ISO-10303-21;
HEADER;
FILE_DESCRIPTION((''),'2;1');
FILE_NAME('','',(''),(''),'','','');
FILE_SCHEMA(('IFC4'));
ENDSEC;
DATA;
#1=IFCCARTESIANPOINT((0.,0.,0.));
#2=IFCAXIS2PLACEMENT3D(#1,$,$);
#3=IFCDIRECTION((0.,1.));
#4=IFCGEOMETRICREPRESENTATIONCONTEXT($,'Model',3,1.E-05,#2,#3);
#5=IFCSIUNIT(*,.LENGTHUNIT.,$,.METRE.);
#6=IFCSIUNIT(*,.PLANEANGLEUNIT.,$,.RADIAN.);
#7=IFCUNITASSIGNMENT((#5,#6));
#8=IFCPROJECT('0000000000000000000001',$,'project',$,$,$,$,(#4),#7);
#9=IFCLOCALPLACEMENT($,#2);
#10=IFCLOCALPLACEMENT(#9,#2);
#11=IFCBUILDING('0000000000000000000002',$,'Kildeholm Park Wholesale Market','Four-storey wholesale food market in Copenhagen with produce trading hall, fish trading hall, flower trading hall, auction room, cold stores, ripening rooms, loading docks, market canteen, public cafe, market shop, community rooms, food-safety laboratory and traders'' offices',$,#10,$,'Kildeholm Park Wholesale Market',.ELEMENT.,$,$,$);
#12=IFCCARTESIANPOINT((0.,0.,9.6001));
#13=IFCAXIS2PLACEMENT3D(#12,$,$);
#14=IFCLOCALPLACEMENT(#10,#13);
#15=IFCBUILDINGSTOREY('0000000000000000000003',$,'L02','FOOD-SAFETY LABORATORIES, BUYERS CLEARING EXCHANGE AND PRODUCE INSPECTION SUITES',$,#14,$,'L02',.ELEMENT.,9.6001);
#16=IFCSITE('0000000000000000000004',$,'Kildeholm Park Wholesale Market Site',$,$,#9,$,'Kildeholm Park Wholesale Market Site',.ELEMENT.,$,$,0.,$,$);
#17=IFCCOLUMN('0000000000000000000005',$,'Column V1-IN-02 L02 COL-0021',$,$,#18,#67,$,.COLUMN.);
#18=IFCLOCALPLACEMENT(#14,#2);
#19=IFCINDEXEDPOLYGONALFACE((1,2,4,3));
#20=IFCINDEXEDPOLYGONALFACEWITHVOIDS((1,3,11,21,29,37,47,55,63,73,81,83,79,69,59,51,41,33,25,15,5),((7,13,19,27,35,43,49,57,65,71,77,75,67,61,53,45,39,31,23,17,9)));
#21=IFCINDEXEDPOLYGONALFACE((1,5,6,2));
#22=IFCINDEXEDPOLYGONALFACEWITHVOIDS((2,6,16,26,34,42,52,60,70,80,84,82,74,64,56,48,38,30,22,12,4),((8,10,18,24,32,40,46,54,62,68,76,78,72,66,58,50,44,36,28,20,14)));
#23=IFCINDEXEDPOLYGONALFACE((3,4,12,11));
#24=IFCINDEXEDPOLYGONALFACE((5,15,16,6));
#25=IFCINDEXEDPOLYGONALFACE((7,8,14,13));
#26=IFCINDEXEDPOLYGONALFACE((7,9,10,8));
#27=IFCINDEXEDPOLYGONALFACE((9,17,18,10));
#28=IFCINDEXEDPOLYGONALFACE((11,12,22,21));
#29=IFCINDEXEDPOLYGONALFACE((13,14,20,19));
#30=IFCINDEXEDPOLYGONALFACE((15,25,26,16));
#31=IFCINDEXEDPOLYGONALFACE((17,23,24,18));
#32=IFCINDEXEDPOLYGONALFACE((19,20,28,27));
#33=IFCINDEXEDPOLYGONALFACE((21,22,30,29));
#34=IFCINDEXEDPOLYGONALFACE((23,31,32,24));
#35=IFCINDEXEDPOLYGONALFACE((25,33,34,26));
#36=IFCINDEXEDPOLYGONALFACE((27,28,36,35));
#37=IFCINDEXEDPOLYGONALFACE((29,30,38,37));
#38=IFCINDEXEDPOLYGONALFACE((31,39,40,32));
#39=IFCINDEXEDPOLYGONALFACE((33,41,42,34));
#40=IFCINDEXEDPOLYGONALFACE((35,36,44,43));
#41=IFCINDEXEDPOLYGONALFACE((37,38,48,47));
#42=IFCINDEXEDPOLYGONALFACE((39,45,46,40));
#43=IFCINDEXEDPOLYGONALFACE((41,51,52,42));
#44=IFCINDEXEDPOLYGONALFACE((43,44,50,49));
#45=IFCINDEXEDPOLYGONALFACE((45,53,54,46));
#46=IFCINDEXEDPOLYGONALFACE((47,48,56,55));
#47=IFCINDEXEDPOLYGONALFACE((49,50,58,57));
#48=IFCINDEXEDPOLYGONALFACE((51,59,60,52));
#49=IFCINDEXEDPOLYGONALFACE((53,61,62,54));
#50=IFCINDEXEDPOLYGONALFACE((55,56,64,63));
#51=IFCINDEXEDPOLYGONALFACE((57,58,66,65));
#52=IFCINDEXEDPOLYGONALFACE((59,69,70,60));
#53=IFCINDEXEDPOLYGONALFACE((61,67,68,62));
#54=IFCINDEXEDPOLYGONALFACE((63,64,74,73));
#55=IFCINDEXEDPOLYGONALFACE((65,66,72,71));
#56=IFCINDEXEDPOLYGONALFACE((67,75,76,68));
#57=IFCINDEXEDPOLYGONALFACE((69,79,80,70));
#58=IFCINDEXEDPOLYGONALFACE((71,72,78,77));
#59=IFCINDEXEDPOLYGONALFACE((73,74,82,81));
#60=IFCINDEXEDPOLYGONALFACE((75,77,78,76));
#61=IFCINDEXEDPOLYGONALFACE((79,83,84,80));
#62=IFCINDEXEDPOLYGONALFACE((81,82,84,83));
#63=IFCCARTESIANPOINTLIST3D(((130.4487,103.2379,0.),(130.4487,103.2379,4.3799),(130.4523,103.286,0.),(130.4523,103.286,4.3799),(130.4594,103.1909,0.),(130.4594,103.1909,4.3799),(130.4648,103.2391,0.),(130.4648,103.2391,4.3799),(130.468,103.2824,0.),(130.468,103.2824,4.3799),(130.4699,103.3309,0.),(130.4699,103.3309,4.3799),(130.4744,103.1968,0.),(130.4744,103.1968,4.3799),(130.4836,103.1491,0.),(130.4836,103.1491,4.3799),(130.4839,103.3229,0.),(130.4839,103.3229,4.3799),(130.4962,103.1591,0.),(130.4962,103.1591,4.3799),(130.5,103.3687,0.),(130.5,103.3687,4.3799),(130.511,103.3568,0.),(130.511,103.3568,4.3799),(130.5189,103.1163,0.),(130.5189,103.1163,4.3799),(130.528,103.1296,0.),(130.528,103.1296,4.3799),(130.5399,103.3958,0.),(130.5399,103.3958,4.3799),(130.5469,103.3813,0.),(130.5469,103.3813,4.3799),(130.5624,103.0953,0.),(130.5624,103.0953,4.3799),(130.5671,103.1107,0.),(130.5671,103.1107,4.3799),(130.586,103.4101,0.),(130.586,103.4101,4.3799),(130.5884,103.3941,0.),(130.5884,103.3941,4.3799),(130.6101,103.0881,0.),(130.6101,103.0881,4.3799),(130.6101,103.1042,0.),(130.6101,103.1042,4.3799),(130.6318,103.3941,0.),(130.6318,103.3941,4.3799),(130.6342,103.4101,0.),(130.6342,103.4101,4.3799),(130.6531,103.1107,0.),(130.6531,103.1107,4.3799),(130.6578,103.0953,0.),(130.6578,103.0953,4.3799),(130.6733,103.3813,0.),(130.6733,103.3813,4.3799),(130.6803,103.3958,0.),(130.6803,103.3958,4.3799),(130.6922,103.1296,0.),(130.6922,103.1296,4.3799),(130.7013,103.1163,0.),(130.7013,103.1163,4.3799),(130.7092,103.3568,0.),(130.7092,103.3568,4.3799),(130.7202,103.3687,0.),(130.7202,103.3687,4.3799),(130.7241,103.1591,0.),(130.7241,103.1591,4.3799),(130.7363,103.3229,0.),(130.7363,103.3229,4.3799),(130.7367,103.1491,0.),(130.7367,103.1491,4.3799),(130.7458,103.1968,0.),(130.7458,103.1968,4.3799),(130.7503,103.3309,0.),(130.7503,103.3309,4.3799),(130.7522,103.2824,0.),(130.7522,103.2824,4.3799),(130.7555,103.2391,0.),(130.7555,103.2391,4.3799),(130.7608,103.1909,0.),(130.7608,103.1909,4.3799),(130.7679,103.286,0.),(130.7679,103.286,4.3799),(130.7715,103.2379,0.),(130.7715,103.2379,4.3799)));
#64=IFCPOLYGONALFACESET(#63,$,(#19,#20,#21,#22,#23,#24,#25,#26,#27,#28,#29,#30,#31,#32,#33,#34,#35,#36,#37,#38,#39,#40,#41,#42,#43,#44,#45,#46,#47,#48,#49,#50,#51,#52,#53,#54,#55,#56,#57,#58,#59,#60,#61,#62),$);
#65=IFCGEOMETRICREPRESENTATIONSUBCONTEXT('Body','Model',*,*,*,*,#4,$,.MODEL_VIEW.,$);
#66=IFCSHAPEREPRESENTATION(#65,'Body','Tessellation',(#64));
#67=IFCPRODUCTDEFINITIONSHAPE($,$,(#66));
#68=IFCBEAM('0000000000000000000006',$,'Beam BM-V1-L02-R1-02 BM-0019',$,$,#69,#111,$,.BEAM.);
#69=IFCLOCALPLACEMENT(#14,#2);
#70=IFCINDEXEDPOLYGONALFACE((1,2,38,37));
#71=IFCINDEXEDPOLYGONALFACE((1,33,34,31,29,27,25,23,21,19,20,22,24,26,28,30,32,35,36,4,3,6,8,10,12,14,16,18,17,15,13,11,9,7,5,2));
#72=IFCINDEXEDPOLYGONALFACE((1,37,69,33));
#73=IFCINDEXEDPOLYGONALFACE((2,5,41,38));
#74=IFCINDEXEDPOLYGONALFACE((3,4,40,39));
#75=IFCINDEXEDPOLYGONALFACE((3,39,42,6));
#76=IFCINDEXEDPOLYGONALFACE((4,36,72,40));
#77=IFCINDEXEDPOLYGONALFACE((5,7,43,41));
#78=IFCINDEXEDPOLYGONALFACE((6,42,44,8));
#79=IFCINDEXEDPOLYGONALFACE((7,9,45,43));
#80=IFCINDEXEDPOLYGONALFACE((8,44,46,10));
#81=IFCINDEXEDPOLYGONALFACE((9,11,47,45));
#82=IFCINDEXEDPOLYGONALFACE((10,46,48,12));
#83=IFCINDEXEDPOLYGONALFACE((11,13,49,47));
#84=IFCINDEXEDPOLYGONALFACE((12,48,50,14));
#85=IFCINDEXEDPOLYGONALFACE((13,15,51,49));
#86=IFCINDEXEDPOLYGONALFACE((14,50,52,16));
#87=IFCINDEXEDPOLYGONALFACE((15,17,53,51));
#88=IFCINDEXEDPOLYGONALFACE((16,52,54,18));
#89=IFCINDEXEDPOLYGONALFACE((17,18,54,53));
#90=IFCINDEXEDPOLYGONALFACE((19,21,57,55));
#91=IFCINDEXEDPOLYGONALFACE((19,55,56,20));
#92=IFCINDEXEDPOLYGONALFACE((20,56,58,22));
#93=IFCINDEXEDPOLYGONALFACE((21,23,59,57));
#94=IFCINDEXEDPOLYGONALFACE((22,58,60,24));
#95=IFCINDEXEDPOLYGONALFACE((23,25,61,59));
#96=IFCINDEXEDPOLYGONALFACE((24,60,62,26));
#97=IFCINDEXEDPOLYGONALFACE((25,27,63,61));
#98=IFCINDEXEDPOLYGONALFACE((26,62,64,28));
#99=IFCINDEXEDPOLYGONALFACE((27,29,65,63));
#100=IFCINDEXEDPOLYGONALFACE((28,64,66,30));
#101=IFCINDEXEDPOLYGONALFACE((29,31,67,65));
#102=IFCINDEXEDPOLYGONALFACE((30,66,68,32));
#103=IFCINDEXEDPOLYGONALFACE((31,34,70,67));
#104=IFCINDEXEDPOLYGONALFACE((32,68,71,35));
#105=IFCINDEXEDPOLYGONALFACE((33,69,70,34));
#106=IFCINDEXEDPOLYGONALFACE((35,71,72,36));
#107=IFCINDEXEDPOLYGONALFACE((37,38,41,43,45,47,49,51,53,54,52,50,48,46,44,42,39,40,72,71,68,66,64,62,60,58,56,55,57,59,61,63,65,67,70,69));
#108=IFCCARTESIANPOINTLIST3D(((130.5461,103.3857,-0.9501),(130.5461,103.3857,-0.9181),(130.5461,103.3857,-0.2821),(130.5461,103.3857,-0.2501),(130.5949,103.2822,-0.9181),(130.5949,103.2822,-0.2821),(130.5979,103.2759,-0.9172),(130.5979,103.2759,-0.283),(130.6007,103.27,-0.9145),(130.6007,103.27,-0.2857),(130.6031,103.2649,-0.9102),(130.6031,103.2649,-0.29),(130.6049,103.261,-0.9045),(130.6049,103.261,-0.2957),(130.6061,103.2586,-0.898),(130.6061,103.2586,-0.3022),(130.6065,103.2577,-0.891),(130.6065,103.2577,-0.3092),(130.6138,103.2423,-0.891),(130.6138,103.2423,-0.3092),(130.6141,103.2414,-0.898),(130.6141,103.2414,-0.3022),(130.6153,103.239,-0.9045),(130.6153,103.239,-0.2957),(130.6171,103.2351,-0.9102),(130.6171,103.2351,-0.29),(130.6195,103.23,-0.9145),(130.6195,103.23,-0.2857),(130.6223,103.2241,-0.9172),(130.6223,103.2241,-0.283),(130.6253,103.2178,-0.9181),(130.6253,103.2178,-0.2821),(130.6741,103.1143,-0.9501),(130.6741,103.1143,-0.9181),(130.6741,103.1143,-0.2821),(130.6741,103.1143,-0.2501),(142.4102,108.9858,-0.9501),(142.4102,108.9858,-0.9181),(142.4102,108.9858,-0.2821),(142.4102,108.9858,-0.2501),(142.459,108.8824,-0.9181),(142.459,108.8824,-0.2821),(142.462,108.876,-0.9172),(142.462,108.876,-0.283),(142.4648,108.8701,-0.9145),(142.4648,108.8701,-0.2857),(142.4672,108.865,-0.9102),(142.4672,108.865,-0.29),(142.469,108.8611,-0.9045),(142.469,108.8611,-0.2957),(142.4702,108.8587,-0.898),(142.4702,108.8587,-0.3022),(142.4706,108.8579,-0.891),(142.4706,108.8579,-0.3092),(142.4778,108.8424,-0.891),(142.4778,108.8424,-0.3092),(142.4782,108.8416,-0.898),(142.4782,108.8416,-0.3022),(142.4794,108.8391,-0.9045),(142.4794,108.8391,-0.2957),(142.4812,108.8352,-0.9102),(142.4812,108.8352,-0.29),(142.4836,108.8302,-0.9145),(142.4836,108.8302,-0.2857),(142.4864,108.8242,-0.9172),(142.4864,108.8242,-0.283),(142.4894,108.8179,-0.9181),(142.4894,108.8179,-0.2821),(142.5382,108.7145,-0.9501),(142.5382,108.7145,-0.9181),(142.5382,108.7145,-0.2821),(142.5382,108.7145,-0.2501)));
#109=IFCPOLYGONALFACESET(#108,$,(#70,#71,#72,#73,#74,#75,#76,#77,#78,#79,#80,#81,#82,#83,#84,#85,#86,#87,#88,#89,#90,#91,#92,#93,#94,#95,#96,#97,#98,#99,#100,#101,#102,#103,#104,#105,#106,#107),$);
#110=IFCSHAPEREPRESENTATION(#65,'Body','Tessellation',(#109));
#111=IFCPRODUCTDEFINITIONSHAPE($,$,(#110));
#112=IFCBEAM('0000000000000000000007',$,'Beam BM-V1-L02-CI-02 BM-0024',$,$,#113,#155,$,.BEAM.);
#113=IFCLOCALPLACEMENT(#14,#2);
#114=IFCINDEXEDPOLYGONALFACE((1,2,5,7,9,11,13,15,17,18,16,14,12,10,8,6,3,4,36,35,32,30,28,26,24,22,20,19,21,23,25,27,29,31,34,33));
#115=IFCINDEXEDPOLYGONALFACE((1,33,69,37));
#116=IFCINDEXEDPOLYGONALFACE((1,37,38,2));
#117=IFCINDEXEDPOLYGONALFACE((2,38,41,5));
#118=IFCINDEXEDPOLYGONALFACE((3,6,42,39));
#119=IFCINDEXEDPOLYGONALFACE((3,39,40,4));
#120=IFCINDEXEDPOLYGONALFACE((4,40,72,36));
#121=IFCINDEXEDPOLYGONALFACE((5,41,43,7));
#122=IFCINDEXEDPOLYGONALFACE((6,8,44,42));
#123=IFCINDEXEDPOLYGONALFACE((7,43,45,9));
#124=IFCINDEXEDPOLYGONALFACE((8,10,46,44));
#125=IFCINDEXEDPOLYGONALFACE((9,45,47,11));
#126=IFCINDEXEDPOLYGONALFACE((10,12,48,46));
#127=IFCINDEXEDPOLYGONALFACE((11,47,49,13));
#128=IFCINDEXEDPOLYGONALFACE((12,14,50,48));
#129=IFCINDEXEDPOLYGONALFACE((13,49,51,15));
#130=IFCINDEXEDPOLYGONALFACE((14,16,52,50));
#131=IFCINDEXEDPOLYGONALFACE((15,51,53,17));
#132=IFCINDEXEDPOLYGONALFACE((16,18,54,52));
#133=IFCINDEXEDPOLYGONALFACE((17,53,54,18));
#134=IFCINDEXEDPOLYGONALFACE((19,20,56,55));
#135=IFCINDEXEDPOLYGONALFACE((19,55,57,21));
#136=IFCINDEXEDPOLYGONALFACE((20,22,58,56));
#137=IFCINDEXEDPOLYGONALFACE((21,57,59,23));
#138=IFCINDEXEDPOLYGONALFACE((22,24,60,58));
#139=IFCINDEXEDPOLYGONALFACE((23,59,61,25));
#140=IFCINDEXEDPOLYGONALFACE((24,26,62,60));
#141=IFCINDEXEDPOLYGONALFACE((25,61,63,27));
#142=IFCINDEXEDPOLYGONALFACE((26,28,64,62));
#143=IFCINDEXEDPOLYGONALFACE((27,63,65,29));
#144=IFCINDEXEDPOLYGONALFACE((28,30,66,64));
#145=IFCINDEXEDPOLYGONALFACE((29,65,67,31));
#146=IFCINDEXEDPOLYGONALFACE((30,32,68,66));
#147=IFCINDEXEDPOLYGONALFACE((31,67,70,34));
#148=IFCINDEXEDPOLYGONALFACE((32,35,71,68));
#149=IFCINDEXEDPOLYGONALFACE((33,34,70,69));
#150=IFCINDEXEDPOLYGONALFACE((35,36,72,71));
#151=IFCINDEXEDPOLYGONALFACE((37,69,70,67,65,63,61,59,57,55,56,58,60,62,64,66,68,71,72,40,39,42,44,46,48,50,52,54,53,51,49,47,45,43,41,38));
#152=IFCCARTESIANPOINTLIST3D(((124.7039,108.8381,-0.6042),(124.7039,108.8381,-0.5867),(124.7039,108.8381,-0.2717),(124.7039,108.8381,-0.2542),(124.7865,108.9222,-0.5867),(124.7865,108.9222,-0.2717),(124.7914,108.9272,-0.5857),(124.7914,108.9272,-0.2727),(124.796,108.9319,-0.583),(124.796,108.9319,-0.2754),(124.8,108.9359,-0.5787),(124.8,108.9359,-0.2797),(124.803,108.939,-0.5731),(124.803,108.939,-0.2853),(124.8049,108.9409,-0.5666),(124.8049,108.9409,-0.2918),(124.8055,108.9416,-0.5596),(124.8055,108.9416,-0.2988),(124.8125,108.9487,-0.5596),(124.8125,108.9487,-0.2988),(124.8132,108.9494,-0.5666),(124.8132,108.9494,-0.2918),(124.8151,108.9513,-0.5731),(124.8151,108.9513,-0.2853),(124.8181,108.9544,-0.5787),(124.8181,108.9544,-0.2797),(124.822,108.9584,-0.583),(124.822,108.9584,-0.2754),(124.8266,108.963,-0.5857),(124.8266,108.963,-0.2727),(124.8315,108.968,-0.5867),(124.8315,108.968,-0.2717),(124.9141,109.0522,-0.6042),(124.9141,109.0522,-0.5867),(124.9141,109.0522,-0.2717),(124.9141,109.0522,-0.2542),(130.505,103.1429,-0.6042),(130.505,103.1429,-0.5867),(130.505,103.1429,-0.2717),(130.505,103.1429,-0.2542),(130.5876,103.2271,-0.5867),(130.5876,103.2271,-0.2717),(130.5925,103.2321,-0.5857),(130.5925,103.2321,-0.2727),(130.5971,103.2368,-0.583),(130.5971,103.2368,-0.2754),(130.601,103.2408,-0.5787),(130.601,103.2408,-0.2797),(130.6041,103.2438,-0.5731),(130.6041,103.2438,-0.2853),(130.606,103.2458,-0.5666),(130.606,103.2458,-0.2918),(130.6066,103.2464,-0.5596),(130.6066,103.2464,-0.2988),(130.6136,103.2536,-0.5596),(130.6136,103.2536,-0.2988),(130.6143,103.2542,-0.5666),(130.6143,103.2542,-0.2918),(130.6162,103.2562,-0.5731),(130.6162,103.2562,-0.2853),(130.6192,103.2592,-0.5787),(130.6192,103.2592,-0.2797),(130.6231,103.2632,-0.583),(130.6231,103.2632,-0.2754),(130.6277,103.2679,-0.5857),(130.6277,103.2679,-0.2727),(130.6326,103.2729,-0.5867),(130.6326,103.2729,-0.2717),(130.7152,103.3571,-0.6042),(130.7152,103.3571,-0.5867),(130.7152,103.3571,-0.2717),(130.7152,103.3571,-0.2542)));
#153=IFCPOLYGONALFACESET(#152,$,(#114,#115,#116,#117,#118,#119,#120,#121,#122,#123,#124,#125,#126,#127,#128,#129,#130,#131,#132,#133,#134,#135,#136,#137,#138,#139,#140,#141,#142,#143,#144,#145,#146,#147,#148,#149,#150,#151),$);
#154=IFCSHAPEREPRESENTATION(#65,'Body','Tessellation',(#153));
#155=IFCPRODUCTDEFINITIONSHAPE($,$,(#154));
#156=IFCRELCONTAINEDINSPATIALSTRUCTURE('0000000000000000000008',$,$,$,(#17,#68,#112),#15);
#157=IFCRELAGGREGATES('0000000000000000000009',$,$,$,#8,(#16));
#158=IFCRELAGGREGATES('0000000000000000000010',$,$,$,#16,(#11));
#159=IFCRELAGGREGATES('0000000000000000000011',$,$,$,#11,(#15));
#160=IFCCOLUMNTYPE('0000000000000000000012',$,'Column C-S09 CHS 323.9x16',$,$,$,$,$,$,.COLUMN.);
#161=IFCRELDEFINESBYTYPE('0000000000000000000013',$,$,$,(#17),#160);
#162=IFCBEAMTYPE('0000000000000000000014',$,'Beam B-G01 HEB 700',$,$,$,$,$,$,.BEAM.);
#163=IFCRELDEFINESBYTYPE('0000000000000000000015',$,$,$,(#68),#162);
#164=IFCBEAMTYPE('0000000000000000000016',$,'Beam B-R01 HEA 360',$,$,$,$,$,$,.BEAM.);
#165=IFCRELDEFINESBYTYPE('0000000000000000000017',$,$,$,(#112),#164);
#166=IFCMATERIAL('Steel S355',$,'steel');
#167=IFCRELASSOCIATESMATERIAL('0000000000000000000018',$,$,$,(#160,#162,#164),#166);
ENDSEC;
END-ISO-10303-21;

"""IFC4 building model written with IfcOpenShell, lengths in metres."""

from ifc_helpers import new_model, si_unit, direction, frame, origin, origin_2d, place, context, subcontext, project, spatial, hollow_circle, i_section, extrude, material, material_profile, profile_set, type_object, element, save


model = new_model("IFC4")

# Units and contexts
model_context = context("Model", 3, precision=1e-05, world=origin(), true_north=direction((0.0, 1.0)))
body_context = subcontext(model_context, "Body", "Model", "MODEL_VIEW")
ifc_project = project(units=[si_unit("LENGTHUNIT", "METRE"), si_unit("PLANEANGLEUNIT", "RADIAN")], contexts=[model_context])

# Site, building, storey
site_placement = place(None, origin())
site = spatial("IfcSite", under=ifc_project, at=site_placement, Name="Kildeholm Park Wholesale Market Site", LongName="Kildeholm Park Wholesale Market Site", CompositionType="ELEMENT", RefElevation=0.0)
building_placement = place(site_placement, origin())
building = spatial("IfcBuilding", under=site, at=building_placement, Name="Kildeholm Park Wholesale Market", Description="Four-storey wholesale food market in Copenhagen with produce trading hall, fish trading hall, flower trading hall, auction room, cold stores, ripening rooms, loading docks, market canteen, public cafe, market shop, community rooms, food-safety laboratory and traders' offices", LongName="Kildeholm Park Wholesale Market", CompositionType="ELEMENT")
storey_placement = place(building_placement, frame((0.0, 0.0, 9.6001)))
storey = spatial("IfcBuildingStorey", under=building, at=storey_placement, Name="L02", Description="FOOD-SAFETY LABORATORIES, BUYERS CLEARING EXCHANGE AND PRODUCE INSPECTION SUITES", LongName="L02", CompositionType="ELEMENT", Elevation=9.6001)

# Column
ifc_material_1 = material(Name="Steel S355", Category="steel")
ifc_material_profile_1 = material_profile(ifc_material_1, hollow_circle(Radius=0.1619, WallThickness=0.0161, at=origin_2d()), Name="CHS 323.9x16")
ifc_profile_set_1 = profile_set([ifc_material_profile_1], Name="Steel S355")
column_type = type_object("IfcColumnType", Name="Column C-S09 CHS 323.9x16", PredefinedType="COLUMN", material=ifc_profile_set_1)
column_placement = place(storey_placement, frame((130.6101, 103.25, 0.0), z_axis=(0.0, 0.0, 1.0), x_axis=(0.866025, 0.5, 0.0)))
element("IfcColumn", 1, at=column_placement, inside=storey, type_object=column_type, Name="Column V1-IN-02 L02 COL-0021", PredefinedType="COLUMN", context=body_context, shape_type="SweptSolid", body=[
    extrude(hollow_circle(Radius=0.1619, WallThickness=0.0161, at=origin_2d()), origin(), (0.0, 0.0, 1.0), 4.3799),
])

# Beams
ifc_material_profile_2 = material_profile(ifc_material_1, i_section(OverallWidth=0.3, OverallDepth=0.7, WebThickness=0.0171, FlangeThickness=0.032, FilletRadius=0.0271, at=origin_2d()), Name="HEB 700")
ifc_profile_set_2 = profile_set([ifc_material_profile_2], Name="Steel S355")
beam_type_1 = type_object("IfcBeamType", Name="Beam B-G01 HEB 700", PredefinedType="BEAM", material=ifc_profile_set_2)
beam_1_placement = place(storey_placement, frame((130.6101, 103.25, -0.6001), z_axis=(0.904318, 0.42686, 0.0), x_axis=(-0.42686, 0.904318, 0.0)))
element("IfcBeam", 2, at=beam_1_placement, inside=storey, type_object=beam_type_1, Name="Beam BM-V1-L02-R1-02 BM-0019", PredefinedType="BEAM", context=body_context, shape_type="SweptSolid", body=[
    extrude(i_section(OverallWidth=0.3, OverallDepth=0.7, WebThickness=0.0171, FlangeThickness=0.032, FilletRadius=0.0271, at=origin_2d()), origin(), (0.0, 0.0, 1.0), 13.1194),
])
ifc_material_profile_3 = material_profile(ifc_material_1, i_section(OverallWidth=0.3, OverallDepth=0.3501, WebThickness=0.01, FlangeThickness=0.0176, FilletRadius=0.0271, at=origin_2d()), Name="HEA 360")
ifc_profile_set_3 = profile_set([ifc_material_profile_3], Name="Steel S355")
beam_type_2 = type_object("IfcBeamType", Name="Beam B-R01 HEA 360", PredefinedType="BEAM", material=ifc_profile_set_3)
beam_2_placement = place(storey_placement, frame((130.6101, 103.25, -0.4292), z_axis=(-0.713594, 0.70056, 0.0), x_axis=(-0.70056, -0.713594, 0.0)))
element("IfcBeam", 3, at=beam_2_placement, inside=storey, type_object=beam_type_2, Name="Beam BM-V1-L02-CI-02 BM-0024", PredefinedType="BEAM", context=body_context, shape_type="SweptSolid", body=[
    extrude(i_section(OverallWidth=0.3, OverallDepth=0.3501, WebThickness=0.01, FlangeThickness=0.0176, FilletRadius=0.0271, at=origin_2d()), origin(), (0.0, 0.0, 1.0), 8.1294),
])

save(model, "model.ifc")
